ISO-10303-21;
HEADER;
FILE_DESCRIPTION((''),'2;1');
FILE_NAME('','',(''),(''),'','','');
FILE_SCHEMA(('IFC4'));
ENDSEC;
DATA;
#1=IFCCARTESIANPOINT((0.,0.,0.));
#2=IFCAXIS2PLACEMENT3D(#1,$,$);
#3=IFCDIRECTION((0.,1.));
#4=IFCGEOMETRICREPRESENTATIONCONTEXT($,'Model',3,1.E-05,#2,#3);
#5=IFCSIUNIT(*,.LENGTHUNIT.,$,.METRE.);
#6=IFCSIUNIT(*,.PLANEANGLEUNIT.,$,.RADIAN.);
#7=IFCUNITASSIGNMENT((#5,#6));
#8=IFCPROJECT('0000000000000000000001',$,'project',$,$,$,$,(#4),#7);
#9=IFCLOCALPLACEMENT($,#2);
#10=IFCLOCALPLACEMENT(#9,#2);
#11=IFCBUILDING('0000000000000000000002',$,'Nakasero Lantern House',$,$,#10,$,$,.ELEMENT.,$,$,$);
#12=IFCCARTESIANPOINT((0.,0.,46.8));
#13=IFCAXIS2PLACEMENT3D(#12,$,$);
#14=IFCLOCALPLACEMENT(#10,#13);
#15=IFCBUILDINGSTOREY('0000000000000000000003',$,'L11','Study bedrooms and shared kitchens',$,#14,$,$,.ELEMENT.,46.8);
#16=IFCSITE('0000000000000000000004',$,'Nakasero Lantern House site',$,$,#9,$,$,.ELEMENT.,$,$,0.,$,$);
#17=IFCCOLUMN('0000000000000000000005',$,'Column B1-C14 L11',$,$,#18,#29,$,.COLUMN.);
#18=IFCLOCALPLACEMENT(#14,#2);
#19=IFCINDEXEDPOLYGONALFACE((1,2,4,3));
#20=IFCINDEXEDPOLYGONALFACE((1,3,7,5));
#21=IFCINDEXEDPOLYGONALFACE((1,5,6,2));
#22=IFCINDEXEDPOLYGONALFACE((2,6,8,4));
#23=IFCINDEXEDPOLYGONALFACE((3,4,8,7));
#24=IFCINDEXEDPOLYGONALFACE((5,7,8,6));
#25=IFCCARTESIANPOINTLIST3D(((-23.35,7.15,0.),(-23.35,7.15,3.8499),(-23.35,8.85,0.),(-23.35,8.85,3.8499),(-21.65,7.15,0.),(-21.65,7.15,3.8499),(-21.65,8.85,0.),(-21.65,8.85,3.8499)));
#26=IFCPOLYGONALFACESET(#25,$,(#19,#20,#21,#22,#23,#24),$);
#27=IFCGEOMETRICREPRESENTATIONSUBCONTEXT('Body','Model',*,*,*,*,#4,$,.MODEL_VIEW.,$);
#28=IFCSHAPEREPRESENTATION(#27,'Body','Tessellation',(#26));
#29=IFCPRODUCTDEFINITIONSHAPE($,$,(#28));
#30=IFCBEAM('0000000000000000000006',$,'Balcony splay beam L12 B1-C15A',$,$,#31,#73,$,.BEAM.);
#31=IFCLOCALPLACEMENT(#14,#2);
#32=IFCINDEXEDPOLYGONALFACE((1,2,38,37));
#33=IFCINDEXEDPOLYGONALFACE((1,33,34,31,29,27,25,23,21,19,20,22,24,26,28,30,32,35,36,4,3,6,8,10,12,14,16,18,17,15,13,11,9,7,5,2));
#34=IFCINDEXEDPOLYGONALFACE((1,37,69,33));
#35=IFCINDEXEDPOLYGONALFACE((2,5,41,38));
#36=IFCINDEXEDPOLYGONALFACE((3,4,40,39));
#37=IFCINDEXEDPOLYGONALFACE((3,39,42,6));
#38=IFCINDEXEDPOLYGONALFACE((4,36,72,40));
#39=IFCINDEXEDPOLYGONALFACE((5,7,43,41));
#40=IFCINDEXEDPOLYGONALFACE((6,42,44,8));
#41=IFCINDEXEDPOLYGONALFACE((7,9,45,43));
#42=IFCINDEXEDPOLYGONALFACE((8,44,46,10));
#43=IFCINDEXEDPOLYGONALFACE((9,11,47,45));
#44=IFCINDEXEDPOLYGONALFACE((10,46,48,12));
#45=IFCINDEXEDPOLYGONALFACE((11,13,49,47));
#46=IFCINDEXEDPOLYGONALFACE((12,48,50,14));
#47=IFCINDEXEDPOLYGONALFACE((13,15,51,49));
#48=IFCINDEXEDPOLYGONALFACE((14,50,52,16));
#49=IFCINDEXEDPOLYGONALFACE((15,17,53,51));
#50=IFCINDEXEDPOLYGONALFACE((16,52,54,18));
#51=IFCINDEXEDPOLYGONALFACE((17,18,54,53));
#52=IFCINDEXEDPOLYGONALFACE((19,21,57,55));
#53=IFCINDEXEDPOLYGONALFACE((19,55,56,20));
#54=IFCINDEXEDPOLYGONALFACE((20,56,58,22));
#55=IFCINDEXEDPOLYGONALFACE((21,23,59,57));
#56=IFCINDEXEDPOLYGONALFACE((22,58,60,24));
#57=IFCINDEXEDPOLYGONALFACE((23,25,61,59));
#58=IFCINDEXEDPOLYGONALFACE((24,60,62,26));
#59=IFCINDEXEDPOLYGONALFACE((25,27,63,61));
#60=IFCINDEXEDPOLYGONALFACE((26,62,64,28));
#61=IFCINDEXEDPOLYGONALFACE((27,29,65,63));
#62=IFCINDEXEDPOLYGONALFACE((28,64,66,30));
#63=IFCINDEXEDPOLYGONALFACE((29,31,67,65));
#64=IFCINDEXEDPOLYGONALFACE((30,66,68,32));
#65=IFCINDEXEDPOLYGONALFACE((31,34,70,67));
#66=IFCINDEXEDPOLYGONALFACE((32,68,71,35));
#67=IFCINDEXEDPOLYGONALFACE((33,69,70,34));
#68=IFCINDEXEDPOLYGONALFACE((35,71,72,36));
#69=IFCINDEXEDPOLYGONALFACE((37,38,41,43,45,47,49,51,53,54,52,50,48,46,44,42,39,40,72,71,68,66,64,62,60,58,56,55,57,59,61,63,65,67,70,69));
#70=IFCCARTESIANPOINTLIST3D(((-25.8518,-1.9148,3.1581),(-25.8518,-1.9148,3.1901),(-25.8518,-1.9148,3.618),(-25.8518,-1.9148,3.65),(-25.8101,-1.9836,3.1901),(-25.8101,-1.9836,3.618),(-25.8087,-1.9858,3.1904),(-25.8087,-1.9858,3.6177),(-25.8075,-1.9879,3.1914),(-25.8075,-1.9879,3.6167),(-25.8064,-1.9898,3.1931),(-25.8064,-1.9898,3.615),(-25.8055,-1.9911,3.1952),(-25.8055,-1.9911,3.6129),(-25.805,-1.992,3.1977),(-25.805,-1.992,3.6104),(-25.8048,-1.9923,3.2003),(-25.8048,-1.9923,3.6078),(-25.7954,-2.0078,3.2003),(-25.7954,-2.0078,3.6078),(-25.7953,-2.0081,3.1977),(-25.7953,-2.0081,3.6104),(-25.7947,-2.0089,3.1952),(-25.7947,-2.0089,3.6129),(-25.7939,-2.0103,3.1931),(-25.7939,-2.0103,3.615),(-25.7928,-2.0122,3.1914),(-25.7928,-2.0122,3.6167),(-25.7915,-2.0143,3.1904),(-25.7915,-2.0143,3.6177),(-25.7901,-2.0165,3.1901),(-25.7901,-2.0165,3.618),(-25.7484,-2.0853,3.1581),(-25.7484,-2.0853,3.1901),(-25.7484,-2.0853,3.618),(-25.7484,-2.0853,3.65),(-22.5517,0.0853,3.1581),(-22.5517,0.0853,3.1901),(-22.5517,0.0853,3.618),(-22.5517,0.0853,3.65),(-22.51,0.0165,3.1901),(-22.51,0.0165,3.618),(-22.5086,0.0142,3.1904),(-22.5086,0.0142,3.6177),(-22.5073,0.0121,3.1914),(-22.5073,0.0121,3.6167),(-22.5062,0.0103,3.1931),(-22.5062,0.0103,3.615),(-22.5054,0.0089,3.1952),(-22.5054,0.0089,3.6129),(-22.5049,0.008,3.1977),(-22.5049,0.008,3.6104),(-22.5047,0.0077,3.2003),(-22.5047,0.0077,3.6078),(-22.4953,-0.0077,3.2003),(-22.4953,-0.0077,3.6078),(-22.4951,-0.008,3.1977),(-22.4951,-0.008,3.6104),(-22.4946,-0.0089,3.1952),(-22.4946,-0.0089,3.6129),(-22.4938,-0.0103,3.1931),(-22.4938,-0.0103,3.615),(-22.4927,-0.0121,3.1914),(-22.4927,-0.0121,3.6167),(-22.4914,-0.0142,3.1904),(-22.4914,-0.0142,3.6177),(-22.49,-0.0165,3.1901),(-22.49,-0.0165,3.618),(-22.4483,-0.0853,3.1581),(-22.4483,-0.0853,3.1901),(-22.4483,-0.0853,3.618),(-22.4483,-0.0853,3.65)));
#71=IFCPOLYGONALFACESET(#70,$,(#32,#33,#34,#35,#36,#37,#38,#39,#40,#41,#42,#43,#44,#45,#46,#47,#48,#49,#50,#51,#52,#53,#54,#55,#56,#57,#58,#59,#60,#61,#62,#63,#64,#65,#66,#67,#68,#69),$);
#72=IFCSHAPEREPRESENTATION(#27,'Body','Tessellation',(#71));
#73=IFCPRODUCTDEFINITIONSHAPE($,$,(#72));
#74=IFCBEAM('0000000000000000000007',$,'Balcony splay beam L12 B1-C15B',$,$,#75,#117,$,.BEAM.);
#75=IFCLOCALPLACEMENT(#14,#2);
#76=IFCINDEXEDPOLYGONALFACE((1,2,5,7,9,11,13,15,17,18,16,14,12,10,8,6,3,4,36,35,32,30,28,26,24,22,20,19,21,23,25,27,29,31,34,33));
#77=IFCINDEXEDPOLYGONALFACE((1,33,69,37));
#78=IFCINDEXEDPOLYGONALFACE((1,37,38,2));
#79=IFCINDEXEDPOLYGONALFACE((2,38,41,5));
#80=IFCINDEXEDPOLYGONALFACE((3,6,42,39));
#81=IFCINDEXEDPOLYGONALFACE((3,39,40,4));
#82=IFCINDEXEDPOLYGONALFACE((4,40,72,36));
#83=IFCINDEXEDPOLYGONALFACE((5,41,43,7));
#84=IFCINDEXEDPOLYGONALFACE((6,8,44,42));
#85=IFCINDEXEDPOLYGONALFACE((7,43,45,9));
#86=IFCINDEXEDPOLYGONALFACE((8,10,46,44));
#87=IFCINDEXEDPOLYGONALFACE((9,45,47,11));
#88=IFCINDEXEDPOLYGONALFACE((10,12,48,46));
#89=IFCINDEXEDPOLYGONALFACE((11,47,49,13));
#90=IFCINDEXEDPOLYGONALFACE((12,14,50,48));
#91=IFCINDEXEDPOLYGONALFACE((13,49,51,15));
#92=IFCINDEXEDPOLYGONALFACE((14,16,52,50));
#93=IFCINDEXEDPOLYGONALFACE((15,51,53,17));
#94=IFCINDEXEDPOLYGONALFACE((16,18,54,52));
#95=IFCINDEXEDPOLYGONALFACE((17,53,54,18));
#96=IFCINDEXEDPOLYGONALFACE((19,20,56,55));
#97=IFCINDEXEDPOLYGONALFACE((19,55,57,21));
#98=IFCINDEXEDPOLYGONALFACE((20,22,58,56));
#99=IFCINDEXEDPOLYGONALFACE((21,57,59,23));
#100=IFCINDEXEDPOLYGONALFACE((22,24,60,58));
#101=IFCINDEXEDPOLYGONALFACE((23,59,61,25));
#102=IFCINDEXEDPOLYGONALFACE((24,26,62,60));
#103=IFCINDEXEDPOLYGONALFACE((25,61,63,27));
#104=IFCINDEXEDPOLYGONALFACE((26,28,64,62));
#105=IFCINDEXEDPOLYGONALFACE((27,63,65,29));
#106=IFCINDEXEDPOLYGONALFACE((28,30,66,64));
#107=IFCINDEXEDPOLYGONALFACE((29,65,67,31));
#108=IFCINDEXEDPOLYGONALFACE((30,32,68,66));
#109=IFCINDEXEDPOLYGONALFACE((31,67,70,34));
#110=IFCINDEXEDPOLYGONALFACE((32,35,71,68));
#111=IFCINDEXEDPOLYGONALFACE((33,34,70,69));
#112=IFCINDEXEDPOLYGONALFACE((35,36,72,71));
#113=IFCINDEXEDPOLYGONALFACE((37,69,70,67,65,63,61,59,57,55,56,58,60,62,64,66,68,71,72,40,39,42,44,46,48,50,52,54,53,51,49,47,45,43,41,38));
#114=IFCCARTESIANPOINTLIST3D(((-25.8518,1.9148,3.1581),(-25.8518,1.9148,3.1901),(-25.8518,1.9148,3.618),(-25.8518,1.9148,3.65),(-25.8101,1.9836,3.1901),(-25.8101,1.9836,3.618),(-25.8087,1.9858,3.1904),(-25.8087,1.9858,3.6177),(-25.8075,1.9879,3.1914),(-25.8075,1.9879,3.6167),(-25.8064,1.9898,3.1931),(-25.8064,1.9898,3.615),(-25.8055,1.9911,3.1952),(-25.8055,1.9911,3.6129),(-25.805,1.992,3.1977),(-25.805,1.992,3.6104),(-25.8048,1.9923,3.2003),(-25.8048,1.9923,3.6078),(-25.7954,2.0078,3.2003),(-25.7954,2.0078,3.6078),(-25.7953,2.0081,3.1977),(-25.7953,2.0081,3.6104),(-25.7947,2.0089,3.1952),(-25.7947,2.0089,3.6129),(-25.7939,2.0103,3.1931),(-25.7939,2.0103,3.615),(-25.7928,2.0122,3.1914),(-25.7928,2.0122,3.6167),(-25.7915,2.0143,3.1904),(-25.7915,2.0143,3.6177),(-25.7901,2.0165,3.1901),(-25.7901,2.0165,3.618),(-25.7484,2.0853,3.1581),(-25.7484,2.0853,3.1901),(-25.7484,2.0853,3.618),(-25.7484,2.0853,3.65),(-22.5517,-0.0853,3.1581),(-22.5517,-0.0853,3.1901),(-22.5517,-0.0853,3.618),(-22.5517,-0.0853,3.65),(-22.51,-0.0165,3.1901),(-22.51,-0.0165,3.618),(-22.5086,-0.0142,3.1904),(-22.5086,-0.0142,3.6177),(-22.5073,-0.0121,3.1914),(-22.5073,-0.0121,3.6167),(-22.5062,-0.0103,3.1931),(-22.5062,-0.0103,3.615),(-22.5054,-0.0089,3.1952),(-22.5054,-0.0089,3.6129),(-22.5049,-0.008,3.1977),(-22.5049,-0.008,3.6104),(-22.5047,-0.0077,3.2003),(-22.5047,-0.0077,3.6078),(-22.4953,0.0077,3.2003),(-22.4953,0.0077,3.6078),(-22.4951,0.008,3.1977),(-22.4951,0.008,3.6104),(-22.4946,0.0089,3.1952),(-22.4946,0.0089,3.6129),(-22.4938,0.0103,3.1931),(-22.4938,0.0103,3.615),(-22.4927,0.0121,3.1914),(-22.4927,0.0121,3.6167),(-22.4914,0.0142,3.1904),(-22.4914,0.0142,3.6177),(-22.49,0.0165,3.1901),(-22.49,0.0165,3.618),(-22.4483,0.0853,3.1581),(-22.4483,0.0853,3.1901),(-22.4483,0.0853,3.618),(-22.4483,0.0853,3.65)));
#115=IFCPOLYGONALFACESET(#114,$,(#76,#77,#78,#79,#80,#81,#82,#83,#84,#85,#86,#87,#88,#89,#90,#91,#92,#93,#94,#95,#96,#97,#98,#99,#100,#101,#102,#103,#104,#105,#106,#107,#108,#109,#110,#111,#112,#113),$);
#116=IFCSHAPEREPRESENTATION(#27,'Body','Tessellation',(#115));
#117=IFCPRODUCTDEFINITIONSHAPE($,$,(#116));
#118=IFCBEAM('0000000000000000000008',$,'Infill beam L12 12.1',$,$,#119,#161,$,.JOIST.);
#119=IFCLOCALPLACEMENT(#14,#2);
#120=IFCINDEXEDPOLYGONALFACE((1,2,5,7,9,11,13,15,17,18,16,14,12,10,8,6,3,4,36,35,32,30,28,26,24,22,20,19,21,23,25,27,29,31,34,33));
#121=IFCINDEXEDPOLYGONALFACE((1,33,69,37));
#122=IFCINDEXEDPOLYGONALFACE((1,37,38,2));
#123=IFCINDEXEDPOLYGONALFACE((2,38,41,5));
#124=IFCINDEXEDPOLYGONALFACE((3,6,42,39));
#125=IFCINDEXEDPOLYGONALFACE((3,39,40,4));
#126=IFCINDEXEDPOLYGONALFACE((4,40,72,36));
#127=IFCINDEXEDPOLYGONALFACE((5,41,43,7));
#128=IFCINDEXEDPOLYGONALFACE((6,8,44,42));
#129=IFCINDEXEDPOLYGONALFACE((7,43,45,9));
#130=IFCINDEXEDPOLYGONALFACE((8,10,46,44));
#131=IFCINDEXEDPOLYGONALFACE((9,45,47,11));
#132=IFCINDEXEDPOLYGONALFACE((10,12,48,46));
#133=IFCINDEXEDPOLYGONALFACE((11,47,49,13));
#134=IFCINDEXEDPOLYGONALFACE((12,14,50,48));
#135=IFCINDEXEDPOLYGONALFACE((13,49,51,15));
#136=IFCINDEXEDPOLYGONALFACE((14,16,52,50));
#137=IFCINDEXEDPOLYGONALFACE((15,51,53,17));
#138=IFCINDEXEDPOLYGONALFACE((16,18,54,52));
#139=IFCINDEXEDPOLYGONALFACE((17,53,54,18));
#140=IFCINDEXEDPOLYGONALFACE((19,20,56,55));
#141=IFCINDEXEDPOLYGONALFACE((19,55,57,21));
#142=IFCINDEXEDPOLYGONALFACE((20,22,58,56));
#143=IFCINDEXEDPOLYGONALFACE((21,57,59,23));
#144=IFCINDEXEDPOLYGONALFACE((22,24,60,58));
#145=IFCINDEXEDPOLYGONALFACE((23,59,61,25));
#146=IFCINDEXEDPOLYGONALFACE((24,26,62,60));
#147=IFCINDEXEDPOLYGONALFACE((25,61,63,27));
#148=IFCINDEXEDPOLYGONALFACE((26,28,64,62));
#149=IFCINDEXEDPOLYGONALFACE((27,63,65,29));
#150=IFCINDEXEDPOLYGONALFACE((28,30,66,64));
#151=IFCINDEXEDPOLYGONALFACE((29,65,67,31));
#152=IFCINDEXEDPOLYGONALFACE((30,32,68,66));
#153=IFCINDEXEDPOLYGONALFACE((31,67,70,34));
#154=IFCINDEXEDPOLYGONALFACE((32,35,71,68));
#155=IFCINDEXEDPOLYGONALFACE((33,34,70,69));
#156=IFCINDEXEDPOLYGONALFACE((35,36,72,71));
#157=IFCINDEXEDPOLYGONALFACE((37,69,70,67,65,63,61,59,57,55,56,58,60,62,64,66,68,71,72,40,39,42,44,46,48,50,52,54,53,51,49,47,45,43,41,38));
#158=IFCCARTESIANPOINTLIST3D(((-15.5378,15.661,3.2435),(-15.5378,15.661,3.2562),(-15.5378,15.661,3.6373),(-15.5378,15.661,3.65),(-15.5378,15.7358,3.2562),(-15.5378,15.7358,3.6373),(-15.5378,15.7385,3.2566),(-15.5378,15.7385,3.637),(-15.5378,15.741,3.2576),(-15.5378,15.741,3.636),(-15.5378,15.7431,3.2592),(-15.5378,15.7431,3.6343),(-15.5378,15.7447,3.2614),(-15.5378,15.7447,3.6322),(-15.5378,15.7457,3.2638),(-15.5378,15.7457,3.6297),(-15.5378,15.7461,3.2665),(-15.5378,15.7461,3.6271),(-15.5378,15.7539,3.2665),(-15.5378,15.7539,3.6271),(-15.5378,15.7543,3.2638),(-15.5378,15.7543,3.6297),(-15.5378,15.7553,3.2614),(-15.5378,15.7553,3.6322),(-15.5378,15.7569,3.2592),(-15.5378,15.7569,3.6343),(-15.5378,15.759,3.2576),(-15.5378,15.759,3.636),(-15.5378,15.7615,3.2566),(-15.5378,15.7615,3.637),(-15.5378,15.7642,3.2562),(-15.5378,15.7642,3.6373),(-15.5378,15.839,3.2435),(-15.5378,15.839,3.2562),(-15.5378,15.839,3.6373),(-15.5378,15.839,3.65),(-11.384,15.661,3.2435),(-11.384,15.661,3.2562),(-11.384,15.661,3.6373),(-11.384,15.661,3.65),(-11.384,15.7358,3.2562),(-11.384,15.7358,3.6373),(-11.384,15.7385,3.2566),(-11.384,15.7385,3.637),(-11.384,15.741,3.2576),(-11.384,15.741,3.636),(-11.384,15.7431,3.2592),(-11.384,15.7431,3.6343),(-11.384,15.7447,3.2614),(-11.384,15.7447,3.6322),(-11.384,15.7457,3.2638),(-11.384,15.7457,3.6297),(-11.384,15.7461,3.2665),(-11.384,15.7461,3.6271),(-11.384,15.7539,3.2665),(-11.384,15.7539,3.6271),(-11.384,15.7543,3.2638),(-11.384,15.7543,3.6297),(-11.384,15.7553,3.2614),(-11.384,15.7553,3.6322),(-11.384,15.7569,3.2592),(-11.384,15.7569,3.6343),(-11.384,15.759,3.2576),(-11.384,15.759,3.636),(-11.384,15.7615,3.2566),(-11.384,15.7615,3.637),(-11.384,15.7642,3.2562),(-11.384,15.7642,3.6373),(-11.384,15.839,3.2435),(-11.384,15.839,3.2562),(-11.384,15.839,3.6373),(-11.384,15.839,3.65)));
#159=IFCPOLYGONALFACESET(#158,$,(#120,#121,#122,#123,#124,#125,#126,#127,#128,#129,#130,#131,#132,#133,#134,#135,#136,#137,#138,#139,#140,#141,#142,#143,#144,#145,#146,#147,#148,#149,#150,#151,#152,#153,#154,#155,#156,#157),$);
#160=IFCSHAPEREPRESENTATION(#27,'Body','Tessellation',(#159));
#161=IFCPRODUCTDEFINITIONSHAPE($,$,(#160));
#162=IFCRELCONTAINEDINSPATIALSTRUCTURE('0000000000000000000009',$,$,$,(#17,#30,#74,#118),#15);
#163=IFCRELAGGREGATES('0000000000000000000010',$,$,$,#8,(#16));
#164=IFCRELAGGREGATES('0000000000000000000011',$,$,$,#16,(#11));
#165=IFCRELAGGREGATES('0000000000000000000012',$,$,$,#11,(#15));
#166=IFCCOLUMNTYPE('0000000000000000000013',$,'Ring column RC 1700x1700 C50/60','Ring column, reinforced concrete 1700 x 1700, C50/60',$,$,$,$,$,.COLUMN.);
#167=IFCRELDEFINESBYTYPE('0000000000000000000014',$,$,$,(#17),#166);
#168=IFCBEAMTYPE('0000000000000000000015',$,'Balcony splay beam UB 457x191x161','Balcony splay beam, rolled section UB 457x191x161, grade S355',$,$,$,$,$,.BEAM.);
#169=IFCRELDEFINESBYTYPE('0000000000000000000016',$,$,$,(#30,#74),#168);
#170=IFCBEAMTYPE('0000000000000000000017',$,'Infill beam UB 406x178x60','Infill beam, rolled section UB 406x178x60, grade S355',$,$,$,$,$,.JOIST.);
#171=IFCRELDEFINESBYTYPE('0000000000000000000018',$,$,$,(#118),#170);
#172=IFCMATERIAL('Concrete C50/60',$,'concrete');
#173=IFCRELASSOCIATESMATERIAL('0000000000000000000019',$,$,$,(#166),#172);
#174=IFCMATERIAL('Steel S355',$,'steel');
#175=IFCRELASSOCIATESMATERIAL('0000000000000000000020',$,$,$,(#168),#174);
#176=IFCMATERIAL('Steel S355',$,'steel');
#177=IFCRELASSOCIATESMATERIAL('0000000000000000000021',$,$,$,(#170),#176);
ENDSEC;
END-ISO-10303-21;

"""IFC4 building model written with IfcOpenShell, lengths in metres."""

from ifc_helpers import new_model, si_unit, direction, frame, origin, origin_2d, place, context, subcontext, project, spatial, rectangle, i_section, extrude, material, material_profile, profile_set, type_object, element, save


model = new_model("IFC4")

# Units and contexts
model_context = context("Model", 3, precision=1e-05, world=origin(), true_north=direction((0.0, 1.0)))
body_context = subcontext(model_context, "Body", "Model", "MODEL_VIEW")
ifc_project = project(units=[si_unit("LENGTHUNIT", "METRE"), si_unit("PLANEANGLEUNIT", "RADIAN")], contexts=[model_context])

# Site, building, storey
site_placement = place(None, origin())
site = spatial("IfcSite", under=ifc_project, at=site_placement, Name="Nakasero Lantern House site", CompositionType="ELEMENT", RefElevation=0.0)
building_placement = place(site_placement, origin())
building = spatial("IfcBuilding", under=site, at=building_placement, Name="Nakasero Lantern House", CompositionType="ELEMENT")
storey_placement = place(building_placement, frame((0.0, 0.0, 46.8)))
storey = spatial("IfcBuildingStorey", under=building, at=storey_placement, Name="L11", Description="Study bedrooms and shared kitchens", CompositionType="ELEMENT", Elevation=46.8)

# Column
ifc_material_1 = material(Name="Concrete C50/60", Category="concrete")
ifc_material_profile_1 = material_profile(ifc_material_1, rectangle(XDim=1.7, YDim=1.7, at=origin_2d()), Name="RC 1700x1700")
ifc_profile_set_1 = profile_set([ifc_material_profile_1], Name="Concrete C50/60")
column_type = type_object("IfcColumnType", Name="Ring column RC 1700x1700 C50/60", Description="Ring column, reinforced concrete 1700 x 1700, C50/60", PredefinedType="COLUMN", material=ifc_profile_set_1)
column_placement = place(storey_placement, frame((-22.5, 8.0, 0.0), z_axis=(0.0, 0.0, 1.0), x_axis=(1.0, 0.0, 0.0)))
element("IfcColumn", 1, at=column_placement, inside=storey, type_object=column_type, Name="Column B1-C14 L11", PredefinedType="COLUMN", context=body_context, shape_type="SweptSolid", body=[
    extrude(rectangle(XDim=1.7, YDim=1.7, at=origin_2d()), origin(), (0.0, 0.0, 1.0), 3.8499),
])

# Beams
ifc_material_2 = material(Name="Steel S355", Category="steel")
ifc_material_profile_2 = material_profile(ifc_material_2, i_section(OverallWidth=0.1995, OverallDepth=0.4919, WebThickness=0.0181, FlangeThickness=0.032, FilletRadius=0.0103, at=origin_2d()), Name="UB 457x191x161")
ifc_profile_set_2 = profile_set([ifc_material_profile_2], Name="Steel S355")
beam_type_1 = type_object("IfcBeamType", Name="Balcony splay beam UB 457x191x161", Description="Balcony splay beam, rolled section UB 457x191x161, grade S355", PredefinedType="BEAM", material=ifc_profile_set_2)
for number, where, z_axis, x_axis, name in (
    (2, (-22.5, 0.0, 3.4041), (-0.855201, -0.518296, 0.0), (0.518296, -0.855201, 0.0), "Balcony splay beam L12 B1-C15A"),
    (3, (-22.5, 0.0, 3.4041), (-0.855201, 0.518296, 0.0), (-0.518296, -0.855201, 0.0), "Balcony splay beam L12 B1-C15B"),
):
    element("IfcBeam", number, at=place(storey_placement, frame(where, z_axis=z_axis, x_axis=x_axis)), inside=storey, type_object=beam_type_1, Name=name, PredefinedType="BEAM", context=body_context, shape_type="SweptSolid", body=[
        extrude(i_section(OverallWidth=0.1995, OverallDepth=0.4919, WebThickness=0.0181, FlangeThickness=0.032, FilletRadius=0.0103, at=origin_2d()), origin(), (0.0, 0.0, 1.0), 3.8589),
    ])
ifc_material_3 = material(Name="Steel S355", Category="steel")
ifc_material_profile_3 = material_profile(ifc_material_3, i_section(OverallWidth=0.178, OverallDepth=0.4065, WebThickness=0.0078, FlangeThickness=0.0127, FilletRadius=0.0103, at=origin_2d()), Name="UB 406x178x60")
ifc_profile_set_3 = profile_set([ifc_material_profile_3], Name="Steel S355")
beam_type_2 = type_object("IfcBeamType", Name="Infill beam UB 406x178x60", Description="Infill beam, rolled section UB 406x178x60, grade S355", PredefinedType="JOIST", material=ifc_profile_set_3)
beam_1_placement = place(storey_placement, frame((-15.5378, 15.75, 3.4468), z_axis=(1.0, 0.0, 0.0), x_axis=(0.0, 1.0, 0.0)))
element("IfcBeam", 4, at=beam_1_placement, inside=storey, type_object=beam_type_2, Name="Infill beam L12 12.1", PredefinedType="JOIST", context=body_context, shape_type="SweptSolid", body=[
    extrude(i_section(OverallWidth=0.178, OverallDepth=0.4065, WebThickness=0.0078, FlangeThickness=0.0127, FilletRadius=0.0103, at=origin_2d()), origin(), (0.0, 0.0, 1.0), 4.1538),
])

save(model, "model.ifc")
